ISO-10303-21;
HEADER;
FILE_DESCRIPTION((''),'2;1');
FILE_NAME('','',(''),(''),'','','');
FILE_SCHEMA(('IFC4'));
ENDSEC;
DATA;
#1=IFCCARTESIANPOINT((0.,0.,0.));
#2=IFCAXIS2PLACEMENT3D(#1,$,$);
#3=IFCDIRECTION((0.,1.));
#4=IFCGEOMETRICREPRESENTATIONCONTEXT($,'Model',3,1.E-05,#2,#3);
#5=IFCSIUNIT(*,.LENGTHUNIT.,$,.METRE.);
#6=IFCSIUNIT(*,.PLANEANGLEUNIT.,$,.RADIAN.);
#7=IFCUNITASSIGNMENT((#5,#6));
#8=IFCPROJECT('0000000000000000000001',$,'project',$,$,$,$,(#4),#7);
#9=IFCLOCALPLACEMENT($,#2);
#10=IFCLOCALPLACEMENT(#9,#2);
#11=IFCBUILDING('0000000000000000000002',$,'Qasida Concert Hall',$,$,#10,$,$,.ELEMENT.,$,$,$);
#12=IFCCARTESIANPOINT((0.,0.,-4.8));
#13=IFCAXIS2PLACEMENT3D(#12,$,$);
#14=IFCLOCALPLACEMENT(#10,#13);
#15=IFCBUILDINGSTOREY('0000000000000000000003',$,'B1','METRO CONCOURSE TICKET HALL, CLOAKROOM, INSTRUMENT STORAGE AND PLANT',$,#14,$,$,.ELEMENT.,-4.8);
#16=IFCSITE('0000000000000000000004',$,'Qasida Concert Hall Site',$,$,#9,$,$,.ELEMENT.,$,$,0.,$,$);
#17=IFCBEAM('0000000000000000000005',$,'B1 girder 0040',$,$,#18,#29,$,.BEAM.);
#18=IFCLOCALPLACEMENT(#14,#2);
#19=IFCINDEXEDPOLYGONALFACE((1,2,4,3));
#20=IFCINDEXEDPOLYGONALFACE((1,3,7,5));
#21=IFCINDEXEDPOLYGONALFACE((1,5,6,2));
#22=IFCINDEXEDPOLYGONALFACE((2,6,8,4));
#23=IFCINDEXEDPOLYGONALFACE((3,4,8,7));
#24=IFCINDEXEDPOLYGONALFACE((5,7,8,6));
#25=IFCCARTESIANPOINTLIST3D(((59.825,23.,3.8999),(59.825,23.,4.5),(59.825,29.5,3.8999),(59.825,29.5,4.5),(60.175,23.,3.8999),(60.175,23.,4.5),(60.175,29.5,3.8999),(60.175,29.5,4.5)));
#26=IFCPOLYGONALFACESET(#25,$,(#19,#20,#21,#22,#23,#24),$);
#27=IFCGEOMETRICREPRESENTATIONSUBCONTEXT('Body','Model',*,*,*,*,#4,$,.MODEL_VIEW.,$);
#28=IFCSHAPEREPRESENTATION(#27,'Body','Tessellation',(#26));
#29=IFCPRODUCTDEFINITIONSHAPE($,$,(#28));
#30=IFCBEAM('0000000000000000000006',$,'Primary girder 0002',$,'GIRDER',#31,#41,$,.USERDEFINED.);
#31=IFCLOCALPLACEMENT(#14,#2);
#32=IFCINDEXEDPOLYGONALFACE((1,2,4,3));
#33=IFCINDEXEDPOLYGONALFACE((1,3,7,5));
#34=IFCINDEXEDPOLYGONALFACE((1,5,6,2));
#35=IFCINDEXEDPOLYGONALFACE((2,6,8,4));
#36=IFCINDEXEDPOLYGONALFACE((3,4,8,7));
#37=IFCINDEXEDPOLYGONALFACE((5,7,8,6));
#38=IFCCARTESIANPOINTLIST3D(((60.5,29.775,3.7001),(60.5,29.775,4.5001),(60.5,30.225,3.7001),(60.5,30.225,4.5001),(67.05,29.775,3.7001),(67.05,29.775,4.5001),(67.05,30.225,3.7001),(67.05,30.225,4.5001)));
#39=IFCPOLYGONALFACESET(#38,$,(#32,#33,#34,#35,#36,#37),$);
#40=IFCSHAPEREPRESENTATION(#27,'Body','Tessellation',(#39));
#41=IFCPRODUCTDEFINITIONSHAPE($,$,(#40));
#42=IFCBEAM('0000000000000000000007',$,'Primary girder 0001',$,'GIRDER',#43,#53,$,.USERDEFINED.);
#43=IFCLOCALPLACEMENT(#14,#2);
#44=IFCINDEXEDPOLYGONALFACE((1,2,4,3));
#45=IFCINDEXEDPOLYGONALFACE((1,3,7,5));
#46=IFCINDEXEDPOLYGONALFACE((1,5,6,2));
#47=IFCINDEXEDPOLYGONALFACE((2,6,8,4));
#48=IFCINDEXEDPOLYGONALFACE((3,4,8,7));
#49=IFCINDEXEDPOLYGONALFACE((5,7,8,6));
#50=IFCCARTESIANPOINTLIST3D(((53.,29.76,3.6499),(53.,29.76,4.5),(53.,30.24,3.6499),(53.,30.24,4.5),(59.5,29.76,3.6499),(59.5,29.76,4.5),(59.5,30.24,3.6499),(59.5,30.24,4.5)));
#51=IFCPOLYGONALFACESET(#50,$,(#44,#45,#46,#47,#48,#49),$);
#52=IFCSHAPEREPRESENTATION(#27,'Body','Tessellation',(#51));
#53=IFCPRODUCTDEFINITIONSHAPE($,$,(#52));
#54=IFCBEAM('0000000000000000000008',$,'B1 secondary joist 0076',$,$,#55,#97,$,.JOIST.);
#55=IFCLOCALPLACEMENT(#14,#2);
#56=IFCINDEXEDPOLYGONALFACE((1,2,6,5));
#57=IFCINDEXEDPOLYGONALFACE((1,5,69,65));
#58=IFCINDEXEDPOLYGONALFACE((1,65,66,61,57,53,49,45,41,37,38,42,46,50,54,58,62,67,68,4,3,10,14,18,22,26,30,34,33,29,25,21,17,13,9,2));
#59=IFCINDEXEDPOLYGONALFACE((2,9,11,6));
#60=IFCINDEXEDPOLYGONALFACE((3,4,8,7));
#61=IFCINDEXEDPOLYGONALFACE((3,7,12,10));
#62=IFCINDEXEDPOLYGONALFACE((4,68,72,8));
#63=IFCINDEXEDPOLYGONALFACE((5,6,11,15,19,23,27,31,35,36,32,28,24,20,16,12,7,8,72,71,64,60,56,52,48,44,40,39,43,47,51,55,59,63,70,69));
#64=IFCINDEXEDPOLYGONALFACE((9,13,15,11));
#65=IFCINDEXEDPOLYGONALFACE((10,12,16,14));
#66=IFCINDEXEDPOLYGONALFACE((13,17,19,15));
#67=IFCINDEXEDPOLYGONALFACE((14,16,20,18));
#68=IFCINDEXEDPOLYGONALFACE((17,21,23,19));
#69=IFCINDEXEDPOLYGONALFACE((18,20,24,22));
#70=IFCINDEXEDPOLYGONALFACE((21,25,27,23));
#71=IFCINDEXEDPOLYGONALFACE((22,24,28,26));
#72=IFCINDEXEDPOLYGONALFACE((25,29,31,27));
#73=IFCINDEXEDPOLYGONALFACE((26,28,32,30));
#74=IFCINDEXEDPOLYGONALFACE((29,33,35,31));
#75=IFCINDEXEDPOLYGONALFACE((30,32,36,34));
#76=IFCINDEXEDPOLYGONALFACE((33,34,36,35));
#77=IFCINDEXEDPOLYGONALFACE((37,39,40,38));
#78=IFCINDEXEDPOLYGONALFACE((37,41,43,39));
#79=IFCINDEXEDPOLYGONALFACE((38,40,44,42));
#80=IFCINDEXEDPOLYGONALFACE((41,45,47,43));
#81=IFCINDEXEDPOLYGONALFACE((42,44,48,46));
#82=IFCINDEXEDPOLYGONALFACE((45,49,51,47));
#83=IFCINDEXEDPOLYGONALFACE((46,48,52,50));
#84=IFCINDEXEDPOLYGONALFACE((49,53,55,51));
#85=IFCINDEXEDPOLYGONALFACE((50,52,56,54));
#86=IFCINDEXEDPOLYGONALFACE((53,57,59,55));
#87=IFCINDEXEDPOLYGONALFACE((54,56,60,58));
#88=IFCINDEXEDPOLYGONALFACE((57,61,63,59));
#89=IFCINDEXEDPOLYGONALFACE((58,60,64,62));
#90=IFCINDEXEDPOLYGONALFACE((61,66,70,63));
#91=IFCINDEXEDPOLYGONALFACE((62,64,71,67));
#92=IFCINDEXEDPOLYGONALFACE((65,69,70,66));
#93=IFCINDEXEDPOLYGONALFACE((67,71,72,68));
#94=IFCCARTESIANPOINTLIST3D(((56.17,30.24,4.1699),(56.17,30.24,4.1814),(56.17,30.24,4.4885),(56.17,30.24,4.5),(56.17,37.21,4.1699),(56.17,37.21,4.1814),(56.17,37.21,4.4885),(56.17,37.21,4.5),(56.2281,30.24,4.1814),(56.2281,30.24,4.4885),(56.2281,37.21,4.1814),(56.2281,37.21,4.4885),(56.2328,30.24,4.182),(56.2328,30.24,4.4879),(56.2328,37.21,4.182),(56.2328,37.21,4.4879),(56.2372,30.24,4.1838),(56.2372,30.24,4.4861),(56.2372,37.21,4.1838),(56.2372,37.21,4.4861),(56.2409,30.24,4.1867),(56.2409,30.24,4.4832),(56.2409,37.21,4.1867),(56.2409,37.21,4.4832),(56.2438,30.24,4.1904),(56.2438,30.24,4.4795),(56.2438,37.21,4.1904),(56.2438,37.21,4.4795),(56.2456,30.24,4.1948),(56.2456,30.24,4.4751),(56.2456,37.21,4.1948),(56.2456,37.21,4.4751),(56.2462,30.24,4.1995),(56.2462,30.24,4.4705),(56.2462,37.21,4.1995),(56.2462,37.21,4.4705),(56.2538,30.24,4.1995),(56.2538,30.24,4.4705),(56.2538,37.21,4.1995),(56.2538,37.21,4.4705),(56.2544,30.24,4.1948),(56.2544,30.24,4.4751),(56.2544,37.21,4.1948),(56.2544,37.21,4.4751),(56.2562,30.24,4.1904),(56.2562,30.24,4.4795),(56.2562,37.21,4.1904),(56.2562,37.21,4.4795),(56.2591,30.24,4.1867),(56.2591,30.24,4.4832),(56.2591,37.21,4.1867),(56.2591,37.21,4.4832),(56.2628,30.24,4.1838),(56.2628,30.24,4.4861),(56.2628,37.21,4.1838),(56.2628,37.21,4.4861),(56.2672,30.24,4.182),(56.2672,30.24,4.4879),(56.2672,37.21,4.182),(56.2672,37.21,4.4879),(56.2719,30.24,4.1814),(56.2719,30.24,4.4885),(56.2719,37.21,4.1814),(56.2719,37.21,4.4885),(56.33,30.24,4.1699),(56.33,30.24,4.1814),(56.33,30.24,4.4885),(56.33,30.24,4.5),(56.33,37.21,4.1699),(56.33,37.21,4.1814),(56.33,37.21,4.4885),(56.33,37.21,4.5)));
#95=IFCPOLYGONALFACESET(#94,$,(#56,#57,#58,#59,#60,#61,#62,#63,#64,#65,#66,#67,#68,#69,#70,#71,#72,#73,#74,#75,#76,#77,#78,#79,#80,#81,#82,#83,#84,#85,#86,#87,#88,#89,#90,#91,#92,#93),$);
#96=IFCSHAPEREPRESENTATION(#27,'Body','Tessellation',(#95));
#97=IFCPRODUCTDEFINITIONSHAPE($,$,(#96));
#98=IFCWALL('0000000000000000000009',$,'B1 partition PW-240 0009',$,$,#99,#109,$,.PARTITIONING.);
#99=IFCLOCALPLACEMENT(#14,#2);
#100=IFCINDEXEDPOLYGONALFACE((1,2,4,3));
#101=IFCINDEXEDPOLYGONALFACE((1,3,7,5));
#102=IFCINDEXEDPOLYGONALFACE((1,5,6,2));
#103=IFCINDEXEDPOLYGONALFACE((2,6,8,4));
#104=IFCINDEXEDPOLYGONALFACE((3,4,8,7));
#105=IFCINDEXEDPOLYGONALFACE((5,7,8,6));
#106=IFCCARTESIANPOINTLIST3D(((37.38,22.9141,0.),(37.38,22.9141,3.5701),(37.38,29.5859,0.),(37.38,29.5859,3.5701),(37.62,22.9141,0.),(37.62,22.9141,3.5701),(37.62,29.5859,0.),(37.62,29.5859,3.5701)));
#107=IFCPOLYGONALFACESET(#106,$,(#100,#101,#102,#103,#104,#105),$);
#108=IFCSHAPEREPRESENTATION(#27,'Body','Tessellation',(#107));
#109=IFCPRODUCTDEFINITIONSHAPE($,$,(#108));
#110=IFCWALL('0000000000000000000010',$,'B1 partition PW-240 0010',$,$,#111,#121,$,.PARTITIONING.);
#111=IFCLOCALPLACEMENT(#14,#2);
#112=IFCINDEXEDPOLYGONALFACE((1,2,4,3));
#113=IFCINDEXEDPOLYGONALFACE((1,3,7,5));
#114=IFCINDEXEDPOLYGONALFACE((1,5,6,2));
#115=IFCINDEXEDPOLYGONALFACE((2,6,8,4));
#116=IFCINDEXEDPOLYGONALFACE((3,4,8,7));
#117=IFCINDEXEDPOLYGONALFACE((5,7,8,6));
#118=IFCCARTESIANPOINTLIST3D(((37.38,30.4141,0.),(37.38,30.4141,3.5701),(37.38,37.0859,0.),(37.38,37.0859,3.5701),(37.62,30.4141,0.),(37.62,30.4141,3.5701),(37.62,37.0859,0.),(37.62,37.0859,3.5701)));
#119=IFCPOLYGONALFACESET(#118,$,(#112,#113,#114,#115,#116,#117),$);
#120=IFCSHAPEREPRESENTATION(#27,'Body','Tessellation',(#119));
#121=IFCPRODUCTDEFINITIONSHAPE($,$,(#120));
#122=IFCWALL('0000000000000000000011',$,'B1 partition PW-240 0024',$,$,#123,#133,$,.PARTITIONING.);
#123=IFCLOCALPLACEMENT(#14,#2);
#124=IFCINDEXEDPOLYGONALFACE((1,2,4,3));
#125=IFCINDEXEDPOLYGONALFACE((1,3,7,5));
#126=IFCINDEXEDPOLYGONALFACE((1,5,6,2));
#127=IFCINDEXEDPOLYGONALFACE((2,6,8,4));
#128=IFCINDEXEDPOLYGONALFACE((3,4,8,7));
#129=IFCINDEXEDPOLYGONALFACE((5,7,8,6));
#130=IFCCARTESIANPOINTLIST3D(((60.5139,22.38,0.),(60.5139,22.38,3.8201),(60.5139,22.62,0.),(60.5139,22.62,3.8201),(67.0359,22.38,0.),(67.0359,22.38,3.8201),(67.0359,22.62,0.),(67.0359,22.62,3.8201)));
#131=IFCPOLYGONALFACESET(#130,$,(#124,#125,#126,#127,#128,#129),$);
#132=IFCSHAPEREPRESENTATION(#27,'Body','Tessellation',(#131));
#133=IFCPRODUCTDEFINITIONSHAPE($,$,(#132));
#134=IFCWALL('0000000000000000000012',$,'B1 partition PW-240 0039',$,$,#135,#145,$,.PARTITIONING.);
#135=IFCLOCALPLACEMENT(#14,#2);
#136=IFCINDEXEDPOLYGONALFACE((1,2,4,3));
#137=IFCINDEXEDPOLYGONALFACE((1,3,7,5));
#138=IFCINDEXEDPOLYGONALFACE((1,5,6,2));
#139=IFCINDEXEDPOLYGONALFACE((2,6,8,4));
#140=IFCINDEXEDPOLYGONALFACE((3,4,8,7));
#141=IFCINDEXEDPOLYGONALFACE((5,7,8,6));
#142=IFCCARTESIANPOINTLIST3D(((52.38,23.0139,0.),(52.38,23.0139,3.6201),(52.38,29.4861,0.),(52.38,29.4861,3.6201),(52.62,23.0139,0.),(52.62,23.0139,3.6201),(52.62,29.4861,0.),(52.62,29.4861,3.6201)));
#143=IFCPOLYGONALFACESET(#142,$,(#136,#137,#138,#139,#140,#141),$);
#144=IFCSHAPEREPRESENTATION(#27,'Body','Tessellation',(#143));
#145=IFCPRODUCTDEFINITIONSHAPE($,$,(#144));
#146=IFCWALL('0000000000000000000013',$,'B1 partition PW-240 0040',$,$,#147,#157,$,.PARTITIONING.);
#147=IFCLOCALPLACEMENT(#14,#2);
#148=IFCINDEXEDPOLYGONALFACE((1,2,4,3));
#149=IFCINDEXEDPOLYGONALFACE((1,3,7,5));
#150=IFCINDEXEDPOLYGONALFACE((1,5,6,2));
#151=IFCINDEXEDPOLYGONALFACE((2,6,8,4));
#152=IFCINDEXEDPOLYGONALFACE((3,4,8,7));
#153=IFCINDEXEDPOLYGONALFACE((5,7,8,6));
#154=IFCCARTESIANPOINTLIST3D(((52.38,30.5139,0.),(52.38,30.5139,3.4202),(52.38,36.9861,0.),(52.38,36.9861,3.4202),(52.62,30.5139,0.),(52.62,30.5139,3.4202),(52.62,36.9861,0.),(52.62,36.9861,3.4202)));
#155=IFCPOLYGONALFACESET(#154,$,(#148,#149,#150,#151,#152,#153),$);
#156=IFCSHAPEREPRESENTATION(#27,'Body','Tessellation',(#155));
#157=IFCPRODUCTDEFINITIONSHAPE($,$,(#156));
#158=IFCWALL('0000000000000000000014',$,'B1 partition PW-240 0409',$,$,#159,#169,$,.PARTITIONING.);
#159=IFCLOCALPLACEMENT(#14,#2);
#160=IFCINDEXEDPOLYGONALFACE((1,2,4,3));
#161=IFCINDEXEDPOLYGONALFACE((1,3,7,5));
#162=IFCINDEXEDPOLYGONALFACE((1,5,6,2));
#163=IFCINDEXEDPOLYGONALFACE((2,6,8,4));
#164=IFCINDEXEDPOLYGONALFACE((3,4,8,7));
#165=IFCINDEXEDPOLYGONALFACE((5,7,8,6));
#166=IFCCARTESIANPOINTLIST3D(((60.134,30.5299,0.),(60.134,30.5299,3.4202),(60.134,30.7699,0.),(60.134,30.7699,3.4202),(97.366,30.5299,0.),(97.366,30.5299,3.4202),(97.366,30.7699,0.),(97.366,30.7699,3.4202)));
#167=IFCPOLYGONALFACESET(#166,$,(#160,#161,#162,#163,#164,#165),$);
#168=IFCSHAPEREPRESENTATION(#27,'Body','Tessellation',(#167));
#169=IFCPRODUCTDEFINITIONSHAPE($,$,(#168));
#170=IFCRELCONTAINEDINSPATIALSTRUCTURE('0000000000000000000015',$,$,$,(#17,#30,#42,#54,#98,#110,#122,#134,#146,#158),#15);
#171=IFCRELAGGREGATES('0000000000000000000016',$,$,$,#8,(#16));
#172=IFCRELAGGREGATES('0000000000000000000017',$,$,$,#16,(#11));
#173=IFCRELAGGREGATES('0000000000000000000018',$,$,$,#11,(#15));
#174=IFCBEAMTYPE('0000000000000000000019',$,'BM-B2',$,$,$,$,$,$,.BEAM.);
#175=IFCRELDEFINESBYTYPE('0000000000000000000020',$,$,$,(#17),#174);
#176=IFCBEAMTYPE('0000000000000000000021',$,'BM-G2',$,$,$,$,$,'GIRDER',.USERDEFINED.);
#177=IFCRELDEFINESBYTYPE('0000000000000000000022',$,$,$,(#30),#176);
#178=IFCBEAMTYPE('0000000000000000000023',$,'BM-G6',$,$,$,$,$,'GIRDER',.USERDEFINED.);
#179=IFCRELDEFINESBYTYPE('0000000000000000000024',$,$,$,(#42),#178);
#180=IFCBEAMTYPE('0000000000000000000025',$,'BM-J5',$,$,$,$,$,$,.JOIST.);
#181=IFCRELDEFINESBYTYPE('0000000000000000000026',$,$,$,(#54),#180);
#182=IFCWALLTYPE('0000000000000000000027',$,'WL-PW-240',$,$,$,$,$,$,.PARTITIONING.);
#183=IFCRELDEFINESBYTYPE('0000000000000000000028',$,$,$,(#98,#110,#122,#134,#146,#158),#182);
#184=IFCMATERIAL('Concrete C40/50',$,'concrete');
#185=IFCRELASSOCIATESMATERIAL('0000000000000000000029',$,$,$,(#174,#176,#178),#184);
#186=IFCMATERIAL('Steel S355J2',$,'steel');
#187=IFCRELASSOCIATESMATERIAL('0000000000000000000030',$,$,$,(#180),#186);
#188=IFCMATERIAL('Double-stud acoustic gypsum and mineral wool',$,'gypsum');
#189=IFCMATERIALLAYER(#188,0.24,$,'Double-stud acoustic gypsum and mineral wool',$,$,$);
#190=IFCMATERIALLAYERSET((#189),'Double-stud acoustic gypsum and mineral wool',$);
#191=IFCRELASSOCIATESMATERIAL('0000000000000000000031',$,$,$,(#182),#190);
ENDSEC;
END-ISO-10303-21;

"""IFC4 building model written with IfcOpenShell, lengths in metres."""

from ifc_helpers import new_model, si_unit, direction, frame, frame_2d, origin, origin_2d, place, context, subcontext, project, spatial, rectangle, i_section, extrude, material, layer, layer_set, material_profile, profile_set, type_object, element, save


model = new_model("IFC4")

# Units and contexts
model_context = context("Model", 3, precision=1e-05, world=origin(), true_north=direction((0.0, 1.0)))
body_context = subcontext(model_context, "Body", "Model", "MODEL_VIEW")
ifc_project = project(units=[si_unit("LENGTHUNIT", "METRE"), si_unit("PLANEANGLEUNIT", "RADIAN")], contexts=[model_context])

# Site, building, storey
site_placement = place(None, origin())
site = spatial("IfcSite", under=ifc_project, at=site_placement, Name="Qasida Concert Hall Site", CompositionType="ELEMENT", RefElevation=0.0)
building_placement = place(site_placement, origin())
building = spatial("IfcBuilding", under=site, at=building_placement, Name="Qasida Concert Hall", CompositionType="ELEMENT")
storey_placement = place(building_placement, frame((0.0, 0.0, -4.8)))
storey = spatial("IfcBuildingStorey", under=building, at=storey_placement, Name="B1", Description="METRO CONCOURSE TICKET HALL, CLOAKROOM, INSTRUMENT STORAGE AND PLANT", CompositionType="ELEMENT", Elevation=-4.8)

# Shared definitions
ifc_material_1 = material(Name="Concrete C40/50", Category="concrete")

# Beams
ifc_material_profile_1 = material_profile(ifc_material_1, rectangle(XDim=0.3501, YDim=0.6001, at=origin_2d()), Name="RC 350x600")
ifc_profile_set_1 = profile_set([ifc_material_profile_1], Name="Concrete C40/50")
beam_type_1 = type_object("IfcBeamType", Name="BM-B2", PredefinedType="BEAM", material=ifc_profile_set_1)
beam_1_placement = place(storey_placement, frame((60.0, 23.0, 4.2), z_axis=(0.0, 1.0, 0.0), x_axis=(-1.0, 0.0, 0.0)))
element("IfcBeam", 1, at=beam_1_placement, inside=storey, type_object=beam_type_1, Name="B1 girder 0040", PredefinedType="BEAM", context=body_context, shape_type="SweptSolid", body=[
    extrude(rectangle(XDim=0.3501, YDim=0.6001, at=origin_2d()), origin(), (0.0, 0.0, 1.0), 6.5),
])
ifc_material_profile_2 = material_profile(ifc_material_1, rectangle(XDim=0.45, YDim=0.8, at=origin_2d()), Name="RC 450x800")
ifc_profile_set_2 = profile_set([ifc_material_profile_2], Name="Concrete C40/50")
beam_type_2 = type_object("IfcBeamType", Name="BM-G2", ElementType="GIRDER", PredefinedType="USERDEFINED", material=ifc_profile_set_2)
beam_2_placement = place(storey_placement, frame((60.5, 30.0, 4.1001), z_axis=(1.0, 0.0, 0.0), x_axis=(0.0, 1.0, 0.0)))
element("IfcBeam", 2, at=beam_2_placement, inside=storey, type_object=beam_type_2, Name="Primary girder 0002", ObjectType="GIRDER", PredefinedType="USERDEFINED", context=body_context, shape_type="SweptSolid", body=[
    extrude(rectangle(XDim=0.45, YDim=0.8, at=origin_2d()), origin(), (0.0, 0.0, 1.0), 6.55),
])
ifc_material_profile_3 = material_profile(ifc_material_1, rectangle(XDim=0.48, YDim=0.8501, at=origin_2d()), Name="RC 480x850")
ifc_profile_set_3 = profile_set([ifc_material_profile_3], Name="Concrete C40/50")
beam_type_3 = type_object("IfcBeamType", Name="BM-G6", ElementType="GIRDER", PredefinedType="USERDEFINED", material=ifc_profile_set_3)
beam_3_placement = place(storey_placement, frame((53.0, 30.0, 4.075), z_axis=(1.0, 0.0, 0.0), x_axis=(0.0, 1.0, 0.0)))
element("IfcBeam", 3, at=beam_3_placement, inside=storey, type_object=beam_type_3, Name="Primary girder 0001", ObjectType="GIRDER", PredefinedType="USERDEFINED", context=body_context, shape_type="SweptSolid", body=[
    extrude(rectangle(XDim=0.48, YDim=0.8501, at=origin_2d()), origin(), (0.0, 0.0, 1.0), 6.5),
])
ifc_material_2 = material(Name="Steel S355J2", Category="steel")
ifc_material_profile_4 = material_profile(ifc_material_2, i_section(OverallWidth=0.1599, OverallDepth=0.3301, WebThickness=0.0076, FlangeThickness=0.0115, FilletRadius=0.0181, at=origin_2d()), Name="IPE 330")
ifc_profile_set_4 = profile_set([ifc_material_profile_4], Name="Steel S355J2")
beam_type_4 = type_object("IfcBeamType", Name="BM-J5", PredefinedType="JOIST", material=ifc_profile_set_4)
beam_4_placement = place(storey_placement, frame((56.25, 30.24, 4.335), z_axis=(0.0, 1.0, 0.0), x_axis=(-1.0, 0.0, 0.0)))
element("IfcBeam", 4, at=beam_4_placement, inside=storey, type_object=beam_type_4, Name="B1 secondary joist 0076", PredefinedType="JOIST", context=body_context, shape_type="SweptSolid", body=[
    extrude(i_section(OverallWidth=0.1599, OverallDepth=0.3301, WebThickness=0.0076, FlangeThickness=0.0115, FilletRadius=0.0181, at=origin_2d()), origin(), (0.0, 0.0, 1.0), 6.97),
])

# Walls
ifc_material_3 = material(Name="Double-stud acoustic gypsum and mineral wool", Category="gypsum")
ifc_layer = layer(ifc_material_3, 0.24, Name="Double-stud acoustic gypsum and mineral wool")
ifc_layer_set = layer_set([ifc_layer], Name="Double-stud acoustic gypsum and mineral wool")
wall_type = type_object("IfcWallType", Name="WL-PW-240", PredefinedType="PARTITIONING", material=ifc_layer_set)
for number, where, z_axis, x_axis, name in (
    (5, (37.5, 22.9141, 0.0), (0.0, 0.0, 1.0), (0.0, 1.0, 0.0), "B1 partition PW-240 0009"),
    (6, (37.5, 30.4141, 0.0), (0.0, 0.0, 1.0), (0.0, 1.0, 0.0), "B1 partition PW-240 0010"),
):
    element("IfcWall", number, at=place(storey_placement, frame(where, z_axis=z_axis, x_axis=x_axis)), inside=storey, type_object=wall_type, Name=name, PredefinedType="PARTITIONING", context=body_context, shape_type="SweptSolid", body=[
        extrude(rectangle(XDim=6.6719, YDim=0.24, at=frame_2d((3.3359, 0.0))), origin(), (0.0, 0.0, 1.0), 3.5701),
    ])
wall_1_placement = place(storey_placement, frame((60.5139, 22.5, 0.0), z_axis=(0.0, 0.0, 1.0), x_axis=(1.0, 0.0, 0.0)))
element("IfcWall", 7, at=wall_1_placement, inside=storey, type_object=wall_type, Name="B1 partition PW-240 0024", PredefinedType="PARTITIONING", context=body_context, shape_type="SweptSolid", body=[
    extrude(rectangle(XDim=6.522, YDim=0.24, at=frame_2d((3.261, 0.0))), origin(), (0.0, 0.0, 1.0), 3.8201),
])
wall_2_placement = place(storey_placement, frame((52.5, 23.0139, 0.0), z_axis=(0.0, 0.0, 1.0), x_axis=(0.0, 1.0, 0.0)))
element("IfcWall", 8, at=wall_2_placement, inside=storey, type_object=wall_type, Name="B1 partition PW-240 0039", PredefinedType="PARTITIONING", context=body_context, shape_type="SweptSolid", body=[
    extrude(rectangle(XDim=6.4722, YDim=0.24, at=frame_2d((3.2361, 0.0))), origin(), (0.0, 0.0, 1.0), 3.6201),
])
wall_3_placement = place(storey_placement, frame((52.5, 30.5139, 0.0), z_axis=(0.0, 0.0, 1.0), x_axis=(0.0, 1.0, 0.0)))
element("IfcWall", 9, at=wall_3_placement, inside=storey, type_object=wall_type, Name="B1 partition PW-240 0040", PredefinedType="PARTITIONING", context=body_context, shape_type="SweptSolid", body=[
    extrude(rectangle(XDim=6.4722, YDim=0.24, at=frame_2d((3.2361, 0.0))), origin(), (0.0, 0.0, 1.0), 3.4202),
])

# Wall
wall_4_placement = place(storey_placement, frame((60.134, 30.6499, 0.0), z_axis=(0.0, 0.0, 1.0), x_axis=(1.0, 0.0, 0.0)))
element("IfcWall", 10, at=wall_4_placement, inside=storey, type_object=wall_type, Name="B1 partition PW-240 0409", PredefinedType="PARTITIONING", context=body_context, shape_type="SweptSolid", body=[
    extrude(rectangle(XDim=37.2319, YDim=0.24, at=frame_2d((18.616, 0.0))), origin(), (0.0, 0.0, 1.0), 3.4202),
])

save(model, "model.ifc")
